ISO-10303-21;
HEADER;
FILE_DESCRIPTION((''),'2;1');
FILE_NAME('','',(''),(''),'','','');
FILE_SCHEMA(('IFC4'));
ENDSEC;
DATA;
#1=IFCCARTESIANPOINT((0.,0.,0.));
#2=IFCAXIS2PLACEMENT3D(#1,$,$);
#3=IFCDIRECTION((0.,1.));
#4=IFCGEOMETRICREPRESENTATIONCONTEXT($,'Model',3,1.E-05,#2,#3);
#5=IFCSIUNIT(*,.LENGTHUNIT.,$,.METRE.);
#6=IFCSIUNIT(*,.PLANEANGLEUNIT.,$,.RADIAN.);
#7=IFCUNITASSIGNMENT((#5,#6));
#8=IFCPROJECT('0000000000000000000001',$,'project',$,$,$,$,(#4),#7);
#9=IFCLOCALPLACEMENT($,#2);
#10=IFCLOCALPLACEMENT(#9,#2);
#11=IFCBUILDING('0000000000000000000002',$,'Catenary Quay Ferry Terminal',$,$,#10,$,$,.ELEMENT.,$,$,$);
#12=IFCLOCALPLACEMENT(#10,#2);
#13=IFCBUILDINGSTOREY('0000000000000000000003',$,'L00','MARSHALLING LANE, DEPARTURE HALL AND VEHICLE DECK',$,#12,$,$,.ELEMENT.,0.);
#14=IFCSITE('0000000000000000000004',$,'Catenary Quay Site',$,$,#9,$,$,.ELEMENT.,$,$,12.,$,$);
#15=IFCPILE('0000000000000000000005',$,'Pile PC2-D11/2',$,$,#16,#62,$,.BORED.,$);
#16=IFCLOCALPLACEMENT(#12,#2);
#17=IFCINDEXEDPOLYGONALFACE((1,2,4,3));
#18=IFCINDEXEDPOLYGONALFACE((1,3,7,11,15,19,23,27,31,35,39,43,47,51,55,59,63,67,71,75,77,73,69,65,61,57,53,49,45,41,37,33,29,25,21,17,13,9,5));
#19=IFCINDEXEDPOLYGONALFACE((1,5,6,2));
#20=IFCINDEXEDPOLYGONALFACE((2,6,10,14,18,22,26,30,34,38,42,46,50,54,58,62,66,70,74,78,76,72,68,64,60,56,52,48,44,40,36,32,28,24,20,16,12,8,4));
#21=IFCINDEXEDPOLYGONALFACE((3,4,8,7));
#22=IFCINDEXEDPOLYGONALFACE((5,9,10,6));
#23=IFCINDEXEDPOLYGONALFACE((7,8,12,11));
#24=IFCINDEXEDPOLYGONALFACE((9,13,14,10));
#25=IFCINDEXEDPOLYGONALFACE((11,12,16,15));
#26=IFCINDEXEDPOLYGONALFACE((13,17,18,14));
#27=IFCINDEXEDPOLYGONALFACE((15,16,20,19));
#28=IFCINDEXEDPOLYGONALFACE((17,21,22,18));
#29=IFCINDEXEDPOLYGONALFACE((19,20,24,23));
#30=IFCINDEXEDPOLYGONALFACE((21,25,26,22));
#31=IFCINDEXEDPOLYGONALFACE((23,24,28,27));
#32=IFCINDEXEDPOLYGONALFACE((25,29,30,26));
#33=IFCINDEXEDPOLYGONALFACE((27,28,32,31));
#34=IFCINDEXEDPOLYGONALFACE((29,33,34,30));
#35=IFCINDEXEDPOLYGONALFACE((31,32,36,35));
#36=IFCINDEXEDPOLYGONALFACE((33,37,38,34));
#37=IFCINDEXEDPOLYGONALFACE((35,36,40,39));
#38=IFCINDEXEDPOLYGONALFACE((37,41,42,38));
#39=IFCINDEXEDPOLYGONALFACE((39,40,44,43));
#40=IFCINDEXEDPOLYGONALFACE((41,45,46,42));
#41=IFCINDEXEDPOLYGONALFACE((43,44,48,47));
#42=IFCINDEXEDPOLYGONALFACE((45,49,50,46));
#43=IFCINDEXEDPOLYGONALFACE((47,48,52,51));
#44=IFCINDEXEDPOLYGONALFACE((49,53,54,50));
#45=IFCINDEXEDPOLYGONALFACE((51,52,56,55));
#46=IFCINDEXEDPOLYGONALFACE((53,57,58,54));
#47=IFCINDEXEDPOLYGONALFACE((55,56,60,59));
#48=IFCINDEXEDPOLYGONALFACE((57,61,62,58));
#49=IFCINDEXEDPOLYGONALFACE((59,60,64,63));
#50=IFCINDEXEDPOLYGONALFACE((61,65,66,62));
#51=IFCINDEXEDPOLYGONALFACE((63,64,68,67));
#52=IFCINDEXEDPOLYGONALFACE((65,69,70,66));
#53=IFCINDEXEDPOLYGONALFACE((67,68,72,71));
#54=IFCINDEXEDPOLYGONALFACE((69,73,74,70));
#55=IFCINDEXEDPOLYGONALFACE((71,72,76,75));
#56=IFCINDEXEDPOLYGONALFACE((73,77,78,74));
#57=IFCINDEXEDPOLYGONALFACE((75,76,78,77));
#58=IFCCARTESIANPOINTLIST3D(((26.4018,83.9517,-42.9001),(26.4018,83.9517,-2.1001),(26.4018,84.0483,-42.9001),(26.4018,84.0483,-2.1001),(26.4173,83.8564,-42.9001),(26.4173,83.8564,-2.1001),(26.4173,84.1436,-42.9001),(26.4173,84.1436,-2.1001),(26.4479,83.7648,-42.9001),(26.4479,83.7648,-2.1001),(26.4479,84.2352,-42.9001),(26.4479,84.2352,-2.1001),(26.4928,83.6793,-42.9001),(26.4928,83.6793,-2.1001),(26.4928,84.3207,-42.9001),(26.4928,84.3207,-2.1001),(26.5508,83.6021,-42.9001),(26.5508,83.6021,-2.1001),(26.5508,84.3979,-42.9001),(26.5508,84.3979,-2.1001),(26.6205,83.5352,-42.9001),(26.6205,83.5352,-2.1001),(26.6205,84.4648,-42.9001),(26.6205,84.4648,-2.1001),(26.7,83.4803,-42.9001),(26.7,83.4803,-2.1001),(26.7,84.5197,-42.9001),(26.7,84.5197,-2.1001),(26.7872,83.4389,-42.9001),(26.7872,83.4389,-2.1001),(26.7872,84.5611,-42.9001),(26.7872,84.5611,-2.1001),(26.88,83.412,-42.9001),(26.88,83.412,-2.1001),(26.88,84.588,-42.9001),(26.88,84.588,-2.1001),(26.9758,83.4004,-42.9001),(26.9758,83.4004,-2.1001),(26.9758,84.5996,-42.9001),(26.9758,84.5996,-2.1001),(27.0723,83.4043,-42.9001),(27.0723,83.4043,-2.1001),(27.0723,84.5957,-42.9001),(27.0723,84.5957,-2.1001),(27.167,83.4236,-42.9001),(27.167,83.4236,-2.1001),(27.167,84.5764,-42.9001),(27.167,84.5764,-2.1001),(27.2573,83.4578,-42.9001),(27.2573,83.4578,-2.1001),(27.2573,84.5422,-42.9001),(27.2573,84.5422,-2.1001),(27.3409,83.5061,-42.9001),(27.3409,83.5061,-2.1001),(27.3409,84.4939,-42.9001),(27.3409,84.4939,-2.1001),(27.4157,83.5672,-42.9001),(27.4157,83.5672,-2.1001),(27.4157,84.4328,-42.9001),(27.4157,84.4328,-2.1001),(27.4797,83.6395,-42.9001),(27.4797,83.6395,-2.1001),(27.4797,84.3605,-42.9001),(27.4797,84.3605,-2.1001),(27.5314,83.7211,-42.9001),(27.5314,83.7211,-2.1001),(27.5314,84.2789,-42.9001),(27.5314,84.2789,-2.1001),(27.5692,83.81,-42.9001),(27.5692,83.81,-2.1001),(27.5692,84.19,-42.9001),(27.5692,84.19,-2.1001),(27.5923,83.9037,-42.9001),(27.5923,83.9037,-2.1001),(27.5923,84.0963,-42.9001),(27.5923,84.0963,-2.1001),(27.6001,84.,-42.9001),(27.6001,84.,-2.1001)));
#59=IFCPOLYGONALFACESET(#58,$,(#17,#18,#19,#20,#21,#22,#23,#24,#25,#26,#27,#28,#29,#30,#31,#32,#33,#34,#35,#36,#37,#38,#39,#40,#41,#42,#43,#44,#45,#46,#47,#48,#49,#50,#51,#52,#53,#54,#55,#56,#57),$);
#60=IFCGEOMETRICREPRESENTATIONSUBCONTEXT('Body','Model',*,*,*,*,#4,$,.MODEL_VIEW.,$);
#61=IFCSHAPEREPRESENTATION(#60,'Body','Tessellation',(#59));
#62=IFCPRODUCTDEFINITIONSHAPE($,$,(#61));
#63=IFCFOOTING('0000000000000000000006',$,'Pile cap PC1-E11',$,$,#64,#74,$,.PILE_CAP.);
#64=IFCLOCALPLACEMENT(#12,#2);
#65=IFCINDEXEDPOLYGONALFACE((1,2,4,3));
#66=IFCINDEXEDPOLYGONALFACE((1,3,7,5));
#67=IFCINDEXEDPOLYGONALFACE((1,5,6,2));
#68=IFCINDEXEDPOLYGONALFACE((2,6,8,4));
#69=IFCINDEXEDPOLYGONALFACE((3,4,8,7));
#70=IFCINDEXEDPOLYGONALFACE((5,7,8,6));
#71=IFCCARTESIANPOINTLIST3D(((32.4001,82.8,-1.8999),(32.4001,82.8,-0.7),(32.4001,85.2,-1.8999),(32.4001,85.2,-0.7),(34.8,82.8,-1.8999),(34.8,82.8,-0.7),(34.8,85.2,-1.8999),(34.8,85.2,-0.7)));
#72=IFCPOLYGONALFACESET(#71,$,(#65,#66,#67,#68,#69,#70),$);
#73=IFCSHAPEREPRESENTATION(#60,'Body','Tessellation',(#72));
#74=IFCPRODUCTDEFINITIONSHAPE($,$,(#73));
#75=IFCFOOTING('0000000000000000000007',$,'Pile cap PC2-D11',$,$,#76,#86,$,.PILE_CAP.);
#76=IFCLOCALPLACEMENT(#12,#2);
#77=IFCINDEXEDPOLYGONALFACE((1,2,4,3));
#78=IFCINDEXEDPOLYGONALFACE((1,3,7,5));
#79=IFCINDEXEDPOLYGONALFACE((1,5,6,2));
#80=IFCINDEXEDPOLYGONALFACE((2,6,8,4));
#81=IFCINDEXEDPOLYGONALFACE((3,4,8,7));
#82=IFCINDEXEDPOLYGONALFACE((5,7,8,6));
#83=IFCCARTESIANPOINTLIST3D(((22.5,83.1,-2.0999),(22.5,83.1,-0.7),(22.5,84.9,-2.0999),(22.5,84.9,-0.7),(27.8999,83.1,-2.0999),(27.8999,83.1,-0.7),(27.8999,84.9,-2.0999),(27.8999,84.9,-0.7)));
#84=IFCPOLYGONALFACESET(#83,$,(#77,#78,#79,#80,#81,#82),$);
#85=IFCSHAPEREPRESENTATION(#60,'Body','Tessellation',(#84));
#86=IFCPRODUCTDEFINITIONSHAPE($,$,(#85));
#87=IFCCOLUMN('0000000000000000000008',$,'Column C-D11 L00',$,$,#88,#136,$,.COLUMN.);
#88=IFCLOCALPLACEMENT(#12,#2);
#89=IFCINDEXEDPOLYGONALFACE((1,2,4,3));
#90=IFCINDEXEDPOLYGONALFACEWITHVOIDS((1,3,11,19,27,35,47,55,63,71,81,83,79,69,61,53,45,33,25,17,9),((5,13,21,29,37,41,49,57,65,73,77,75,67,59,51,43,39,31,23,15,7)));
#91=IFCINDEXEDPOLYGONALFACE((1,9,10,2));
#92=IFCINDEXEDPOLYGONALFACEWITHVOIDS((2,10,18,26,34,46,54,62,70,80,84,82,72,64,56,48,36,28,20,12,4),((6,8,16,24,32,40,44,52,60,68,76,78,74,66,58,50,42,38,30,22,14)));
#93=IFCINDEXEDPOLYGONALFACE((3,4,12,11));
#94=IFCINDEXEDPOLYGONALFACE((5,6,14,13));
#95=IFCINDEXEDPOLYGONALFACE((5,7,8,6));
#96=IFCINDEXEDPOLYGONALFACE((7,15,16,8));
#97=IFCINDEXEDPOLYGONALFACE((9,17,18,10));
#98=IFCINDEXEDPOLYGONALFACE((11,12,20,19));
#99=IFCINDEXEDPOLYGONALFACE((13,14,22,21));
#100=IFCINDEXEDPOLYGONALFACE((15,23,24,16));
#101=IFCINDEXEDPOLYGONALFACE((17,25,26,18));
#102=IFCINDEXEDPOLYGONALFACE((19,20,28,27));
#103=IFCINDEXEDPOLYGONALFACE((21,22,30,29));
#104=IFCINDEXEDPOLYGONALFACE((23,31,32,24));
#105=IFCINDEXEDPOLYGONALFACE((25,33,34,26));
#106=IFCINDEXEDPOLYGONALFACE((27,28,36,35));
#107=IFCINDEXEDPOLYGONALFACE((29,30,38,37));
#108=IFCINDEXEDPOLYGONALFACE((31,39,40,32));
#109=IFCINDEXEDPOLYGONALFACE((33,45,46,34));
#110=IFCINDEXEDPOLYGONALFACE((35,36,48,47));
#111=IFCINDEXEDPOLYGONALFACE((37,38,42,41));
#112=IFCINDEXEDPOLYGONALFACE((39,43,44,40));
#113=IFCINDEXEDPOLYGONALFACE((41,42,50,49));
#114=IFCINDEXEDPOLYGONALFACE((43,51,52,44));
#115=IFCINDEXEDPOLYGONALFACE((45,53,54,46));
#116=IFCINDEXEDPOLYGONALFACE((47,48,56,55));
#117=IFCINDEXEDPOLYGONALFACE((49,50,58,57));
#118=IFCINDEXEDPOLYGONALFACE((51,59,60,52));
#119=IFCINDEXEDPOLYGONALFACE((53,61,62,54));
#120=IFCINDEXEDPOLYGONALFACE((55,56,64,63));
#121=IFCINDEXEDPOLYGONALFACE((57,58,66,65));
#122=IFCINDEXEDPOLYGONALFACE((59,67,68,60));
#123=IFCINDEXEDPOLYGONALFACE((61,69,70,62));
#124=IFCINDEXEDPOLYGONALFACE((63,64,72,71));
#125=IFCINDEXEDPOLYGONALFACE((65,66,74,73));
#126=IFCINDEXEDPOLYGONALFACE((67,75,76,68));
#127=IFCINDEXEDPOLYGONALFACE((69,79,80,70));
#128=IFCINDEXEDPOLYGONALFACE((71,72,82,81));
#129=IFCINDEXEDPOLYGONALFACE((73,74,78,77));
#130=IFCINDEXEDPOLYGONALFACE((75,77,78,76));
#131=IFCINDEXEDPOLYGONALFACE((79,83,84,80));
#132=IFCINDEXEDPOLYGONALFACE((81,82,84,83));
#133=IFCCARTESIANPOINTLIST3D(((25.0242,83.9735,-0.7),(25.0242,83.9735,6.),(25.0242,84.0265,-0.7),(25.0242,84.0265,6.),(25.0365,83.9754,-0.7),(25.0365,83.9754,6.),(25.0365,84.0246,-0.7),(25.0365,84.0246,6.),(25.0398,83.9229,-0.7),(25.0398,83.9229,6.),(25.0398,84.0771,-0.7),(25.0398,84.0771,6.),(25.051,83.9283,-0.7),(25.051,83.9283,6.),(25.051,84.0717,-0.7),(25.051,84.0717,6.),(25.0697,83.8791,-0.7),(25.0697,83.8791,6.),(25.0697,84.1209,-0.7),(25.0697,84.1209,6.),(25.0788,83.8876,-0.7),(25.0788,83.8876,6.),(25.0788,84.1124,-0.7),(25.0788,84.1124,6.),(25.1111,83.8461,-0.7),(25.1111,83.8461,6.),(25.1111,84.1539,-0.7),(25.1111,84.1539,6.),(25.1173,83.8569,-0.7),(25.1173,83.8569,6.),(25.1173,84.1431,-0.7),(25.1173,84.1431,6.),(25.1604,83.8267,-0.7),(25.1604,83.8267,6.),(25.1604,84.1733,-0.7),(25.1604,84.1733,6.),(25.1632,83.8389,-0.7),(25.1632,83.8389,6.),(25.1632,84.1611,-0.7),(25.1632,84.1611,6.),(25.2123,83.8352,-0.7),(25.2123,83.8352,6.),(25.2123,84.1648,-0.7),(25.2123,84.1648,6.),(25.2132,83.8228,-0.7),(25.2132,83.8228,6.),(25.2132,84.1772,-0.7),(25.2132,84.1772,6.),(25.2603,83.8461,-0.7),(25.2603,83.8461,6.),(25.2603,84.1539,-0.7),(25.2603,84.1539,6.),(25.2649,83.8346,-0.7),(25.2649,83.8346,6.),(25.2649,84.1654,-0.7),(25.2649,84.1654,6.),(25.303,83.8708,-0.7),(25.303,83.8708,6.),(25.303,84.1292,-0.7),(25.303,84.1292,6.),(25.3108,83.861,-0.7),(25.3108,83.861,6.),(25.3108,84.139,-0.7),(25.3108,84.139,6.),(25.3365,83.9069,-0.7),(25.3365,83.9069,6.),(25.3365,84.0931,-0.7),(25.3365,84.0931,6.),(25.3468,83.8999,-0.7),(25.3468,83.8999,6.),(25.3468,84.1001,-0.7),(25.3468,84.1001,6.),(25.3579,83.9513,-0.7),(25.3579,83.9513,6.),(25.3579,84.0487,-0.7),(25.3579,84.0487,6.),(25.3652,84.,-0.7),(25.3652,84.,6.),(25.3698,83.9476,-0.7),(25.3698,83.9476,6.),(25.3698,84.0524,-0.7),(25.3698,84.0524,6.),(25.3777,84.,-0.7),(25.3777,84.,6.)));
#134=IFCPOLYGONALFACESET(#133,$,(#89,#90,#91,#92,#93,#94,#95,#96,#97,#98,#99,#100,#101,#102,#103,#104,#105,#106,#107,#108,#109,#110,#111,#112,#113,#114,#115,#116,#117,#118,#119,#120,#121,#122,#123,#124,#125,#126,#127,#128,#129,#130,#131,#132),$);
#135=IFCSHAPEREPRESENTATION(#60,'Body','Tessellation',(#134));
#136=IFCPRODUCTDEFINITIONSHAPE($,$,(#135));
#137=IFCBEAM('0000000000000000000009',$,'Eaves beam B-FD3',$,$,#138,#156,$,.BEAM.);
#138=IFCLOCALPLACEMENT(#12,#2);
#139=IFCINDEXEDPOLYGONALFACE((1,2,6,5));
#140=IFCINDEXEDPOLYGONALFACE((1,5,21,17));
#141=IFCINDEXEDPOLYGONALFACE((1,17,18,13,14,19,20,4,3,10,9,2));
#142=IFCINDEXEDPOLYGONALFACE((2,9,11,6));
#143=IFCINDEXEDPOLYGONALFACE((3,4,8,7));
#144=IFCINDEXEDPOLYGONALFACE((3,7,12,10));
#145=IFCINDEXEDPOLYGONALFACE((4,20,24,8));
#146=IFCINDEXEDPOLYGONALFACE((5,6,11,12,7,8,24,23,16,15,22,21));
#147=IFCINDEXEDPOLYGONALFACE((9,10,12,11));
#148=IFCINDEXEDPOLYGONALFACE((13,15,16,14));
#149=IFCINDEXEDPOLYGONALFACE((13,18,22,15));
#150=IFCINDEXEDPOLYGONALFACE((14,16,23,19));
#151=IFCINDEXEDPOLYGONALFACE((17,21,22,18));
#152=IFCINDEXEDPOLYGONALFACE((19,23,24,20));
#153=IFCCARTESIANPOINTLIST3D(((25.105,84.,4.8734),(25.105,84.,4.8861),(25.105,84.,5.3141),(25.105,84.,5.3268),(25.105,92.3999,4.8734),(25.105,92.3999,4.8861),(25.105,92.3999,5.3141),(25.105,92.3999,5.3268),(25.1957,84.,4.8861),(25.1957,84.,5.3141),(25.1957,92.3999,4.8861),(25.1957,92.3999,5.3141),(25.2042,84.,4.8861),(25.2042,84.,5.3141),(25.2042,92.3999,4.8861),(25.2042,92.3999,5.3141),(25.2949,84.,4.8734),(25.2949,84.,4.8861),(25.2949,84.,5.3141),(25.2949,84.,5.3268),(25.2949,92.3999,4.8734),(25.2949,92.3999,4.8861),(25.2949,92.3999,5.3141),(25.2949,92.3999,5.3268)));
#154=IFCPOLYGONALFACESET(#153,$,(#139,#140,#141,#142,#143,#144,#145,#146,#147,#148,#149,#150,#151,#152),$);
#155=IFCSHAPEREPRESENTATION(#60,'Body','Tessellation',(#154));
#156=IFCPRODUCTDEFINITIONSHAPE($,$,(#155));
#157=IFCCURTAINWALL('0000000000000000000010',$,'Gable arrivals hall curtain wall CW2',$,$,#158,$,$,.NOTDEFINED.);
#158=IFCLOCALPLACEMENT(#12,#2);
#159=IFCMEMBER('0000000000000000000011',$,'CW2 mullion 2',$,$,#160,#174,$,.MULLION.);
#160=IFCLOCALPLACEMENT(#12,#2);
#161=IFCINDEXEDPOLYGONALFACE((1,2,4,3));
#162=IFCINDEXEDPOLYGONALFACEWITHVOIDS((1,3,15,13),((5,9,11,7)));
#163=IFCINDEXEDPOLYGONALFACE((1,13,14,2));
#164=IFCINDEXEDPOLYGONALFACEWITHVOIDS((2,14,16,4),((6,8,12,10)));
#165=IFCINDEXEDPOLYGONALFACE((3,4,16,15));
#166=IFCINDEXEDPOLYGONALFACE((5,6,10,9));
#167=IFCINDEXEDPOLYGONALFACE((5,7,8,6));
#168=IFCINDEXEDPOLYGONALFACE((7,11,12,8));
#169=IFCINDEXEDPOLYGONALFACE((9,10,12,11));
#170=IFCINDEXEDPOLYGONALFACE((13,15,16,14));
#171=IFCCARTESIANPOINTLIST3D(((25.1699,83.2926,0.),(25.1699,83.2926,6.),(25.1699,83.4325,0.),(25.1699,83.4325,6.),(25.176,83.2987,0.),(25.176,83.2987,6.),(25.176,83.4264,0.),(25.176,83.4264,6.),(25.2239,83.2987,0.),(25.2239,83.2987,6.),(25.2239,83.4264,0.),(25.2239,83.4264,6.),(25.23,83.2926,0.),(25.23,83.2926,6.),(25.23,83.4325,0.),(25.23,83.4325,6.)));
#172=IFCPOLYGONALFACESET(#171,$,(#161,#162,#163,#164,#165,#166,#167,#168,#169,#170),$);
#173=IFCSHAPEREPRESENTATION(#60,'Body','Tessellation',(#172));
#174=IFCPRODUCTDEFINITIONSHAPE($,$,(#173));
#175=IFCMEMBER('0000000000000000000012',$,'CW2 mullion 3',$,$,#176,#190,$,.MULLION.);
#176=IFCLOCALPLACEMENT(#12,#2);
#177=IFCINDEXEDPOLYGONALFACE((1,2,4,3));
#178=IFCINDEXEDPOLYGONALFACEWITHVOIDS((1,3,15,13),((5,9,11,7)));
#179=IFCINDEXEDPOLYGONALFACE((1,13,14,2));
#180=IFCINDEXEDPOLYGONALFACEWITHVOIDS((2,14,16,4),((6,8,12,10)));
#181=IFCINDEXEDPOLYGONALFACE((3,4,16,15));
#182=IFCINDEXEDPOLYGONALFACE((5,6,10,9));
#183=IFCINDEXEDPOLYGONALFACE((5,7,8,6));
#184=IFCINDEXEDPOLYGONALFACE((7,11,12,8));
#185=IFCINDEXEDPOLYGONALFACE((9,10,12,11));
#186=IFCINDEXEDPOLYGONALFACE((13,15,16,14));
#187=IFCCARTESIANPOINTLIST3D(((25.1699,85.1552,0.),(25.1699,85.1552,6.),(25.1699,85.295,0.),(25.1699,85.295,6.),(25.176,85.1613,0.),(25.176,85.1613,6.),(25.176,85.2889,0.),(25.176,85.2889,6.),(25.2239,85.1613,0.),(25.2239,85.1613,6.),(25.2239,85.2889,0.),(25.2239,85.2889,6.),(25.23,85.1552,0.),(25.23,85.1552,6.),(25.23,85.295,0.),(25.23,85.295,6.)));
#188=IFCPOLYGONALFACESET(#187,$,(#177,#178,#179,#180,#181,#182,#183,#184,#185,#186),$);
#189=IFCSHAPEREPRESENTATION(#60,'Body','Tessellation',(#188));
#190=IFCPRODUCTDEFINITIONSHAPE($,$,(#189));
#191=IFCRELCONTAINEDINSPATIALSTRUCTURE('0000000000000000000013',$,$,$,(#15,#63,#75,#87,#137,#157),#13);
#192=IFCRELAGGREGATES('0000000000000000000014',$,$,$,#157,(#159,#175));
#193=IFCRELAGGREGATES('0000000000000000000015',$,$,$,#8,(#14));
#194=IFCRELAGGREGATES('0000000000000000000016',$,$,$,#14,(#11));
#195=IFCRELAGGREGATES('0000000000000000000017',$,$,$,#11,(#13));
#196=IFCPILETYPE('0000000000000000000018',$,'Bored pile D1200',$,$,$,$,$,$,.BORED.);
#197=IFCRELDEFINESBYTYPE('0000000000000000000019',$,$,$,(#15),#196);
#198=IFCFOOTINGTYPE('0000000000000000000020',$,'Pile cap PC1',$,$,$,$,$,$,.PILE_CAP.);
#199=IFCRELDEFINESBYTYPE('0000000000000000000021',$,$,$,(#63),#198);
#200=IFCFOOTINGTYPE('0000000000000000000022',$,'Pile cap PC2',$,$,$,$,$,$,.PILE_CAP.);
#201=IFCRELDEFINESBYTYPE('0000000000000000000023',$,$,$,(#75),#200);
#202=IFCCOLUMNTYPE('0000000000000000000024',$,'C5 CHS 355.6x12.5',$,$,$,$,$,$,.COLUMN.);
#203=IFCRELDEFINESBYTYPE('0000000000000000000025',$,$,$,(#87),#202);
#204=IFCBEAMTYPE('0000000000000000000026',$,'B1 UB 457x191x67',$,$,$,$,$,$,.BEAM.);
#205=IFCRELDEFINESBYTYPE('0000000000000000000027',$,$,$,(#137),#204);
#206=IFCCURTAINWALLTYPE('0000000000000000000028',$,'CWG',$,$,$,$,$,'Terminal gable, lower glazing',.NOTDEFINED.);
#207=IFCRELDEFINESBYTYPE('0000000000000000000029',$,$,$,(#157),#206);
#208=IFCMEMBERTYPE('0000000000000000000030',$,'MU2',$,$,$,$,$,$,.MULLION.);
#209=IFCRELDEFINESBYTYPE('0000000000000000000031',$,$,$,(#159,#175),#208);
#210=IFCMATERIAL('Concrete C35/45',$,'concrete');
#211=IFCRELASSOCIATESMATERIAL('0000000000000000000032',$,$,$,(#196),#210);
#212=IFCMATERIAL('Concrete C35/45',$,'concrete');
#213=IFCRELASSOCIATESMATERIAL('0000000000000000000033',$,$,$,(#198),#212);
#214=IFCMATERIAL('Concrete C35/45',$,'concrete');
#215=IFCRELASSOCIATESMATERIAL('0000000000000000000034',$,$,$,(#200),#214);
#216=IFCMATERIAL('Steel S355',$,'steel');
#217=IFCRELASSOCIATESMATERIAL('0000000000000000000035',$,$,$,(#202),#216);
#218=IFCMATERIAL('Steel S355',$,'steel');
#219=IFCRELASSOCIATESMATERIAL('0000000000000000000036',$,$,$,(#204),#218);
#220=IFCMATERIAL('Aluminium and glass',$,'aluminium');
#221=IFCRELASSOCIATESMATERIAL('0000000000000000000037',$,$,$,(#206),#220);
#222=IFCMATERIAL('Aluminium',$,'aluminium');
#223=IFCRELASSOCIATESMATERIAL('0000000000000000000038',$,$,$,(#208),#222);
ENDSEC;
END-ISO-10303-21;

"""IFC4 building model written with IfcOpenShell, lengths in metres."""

from ifc_helpers import new_model, si_unit, direction, frame, origin, origin_2d, place, context, subcontext, project, spatial, rectangle, hollow_rectangle, circle, hollow_circle, i_section, extrude, material, material_profile, profile_set, type_object, element, aggregate, save


model = new_model("IFC4")

# Units and contexts
model_context = context("Model", 3, precision=1e-05, world=origin(), true_north=direction((0.0, 1.0)))
body_context = subcontext(model_context, "Body", "Model", "MODEL_VIEW")
ifc_project = project(units=[si_unit("LENGTHUNIT", "METRE"), si_unit("PLANEANGLEUNIT", "RADIAN")], contexts=[model_context])

# Site, building, storey
site_placement = place(None, origin())
site = spatial("IfcSite", under=ifc_project, at=site_placement, Name="Catenary Quay Site", CompositionType="ELEMENT", RefElevation=12.0)
building_placement = place(site_placement, origin())
building = spatial("IfcBuilding", under=site, at=building_placement, Name="Catenary Quay Ferry Terminal", CompositionType="ELEMENT")
storey_placement = place(building_placement, origin())
storey = spatial("IfcBuildingStorey", under=building, at=storey_placement, Name="L00", Description="MARSHALLING LANE, DEPARTURE HALL AND VEHICLE DECK", CompositionType="ELEMENT", Elevation=0.0)

# Pile
ifc_material_1 = material(Name="Concrete C35/45", Category="concrete")
ifc_material_profile_1 = material_profile(ifc_material_1, circle(Radius=0.6001, at=origin_2d()), Name="D1200")
ifc_profile_set_1 = profile_set([ifc_material_profile_1], Name="Concrete C35/45")
pile_type = type_object("IfcPileType", Name="Bored pile D1200", PredefinedType="BORED", material=ifc_profile_set_1)
pile_placement = place(storey_placement, frame((27.0, 84.0, -2.1001), z_axis=(0.0, 0.0, -1.0), x_axis=(1.0, 0.0, 0.0)))
element("IfcPile", 1, at=pile_placement, inside=storey, type_object=pile_type, Name="Pile PC2-D11/2", PredefinedType="BORED", context=body_context, shape_type="SweptSolid", body=[
    extrude(circle(Radius=0.6001, at=origin_2d()), origin(), (0.0, 0.0, 1.0), 40.8),
])

# Footings
ifc_material_2 = material(Name="Concrete C35/45", Category="concrete")
footing_type_1 = type_object("IfcFootingType", Name="Pile cap PC1", PredefinedType="PILE_CAP", material=ifc_material_2)
footing_1_placement = place(storey_placement, frame((33.6001, 84.0, -1.8999), z_axis=(0.0, 0.0, 1.0), x_axis=(1.0, 0.0, 0.0)))
element("IfcFooting", 2, at=footing_1_placement, inside=storey, type_object=footing_type_1, Name="Pile cap PC1-E11", PredefinedType="PILE_CAP", context=body_context, shape_type="SweptSolid", body=[
    extrude(rectangle(XDim=2.3999, YDim=2.3999, at=origin_2d()), origin(), (0.0, 0.0, 1.0), 1.2),
])
ifc_material_3 = material(Name="Concrete C35/45", Category="concrete")
footing_type_2 = type_object("IfcFootingType", Name="Pile cap PC2", PredefinedType="PILE_CAP", material=ifc_material_3)
footing_2_placement = place(storey_placement, frame((25.2, 84.0, -2.0999), z_axis=(0.0, 0.0, 1.0), x_axis=(1.0, 0.0, 0.0)))
element("IfcFooting", 3, at=footing_2_placement, inside=storey, type_object=footing_type_2, Name="Pile cap PC2-D11", PredefinedType="PILE_CAP", context=body_context, shape_type="SweptSolid", body=[
    extrude(rectangle(XDim=5.3999, YDim=1.8, at=origin_2d()), origin(), (0.0, 0.0, 1.0), 1.3999),
])

# Column
ifc_material_4 = material(Name="Steel S355", Category="steel")
ifc_material_profile_2 = material_profile(ifc_material_4, hollow_circle(Radius=0.1777, WallThickness=0.0125, at=origin_2d()), Name="CHS 355.6x12.5")
ifc_profile_set_2 = profile_set([ifc_material_profile_2], Name="Steel S355")
column_type = type_object("IfcColumnType", Name="C5 CHS 355.6x12.5", PredefinedType="COLUMN", material=ifc_profile_set_2)
column_placement = place(storey_placement, frame((25.2, 84.0, -0.7), z_axis=(0.0, 0.0, 1.0), x_axis=(1.0, 0.0, 0.0)))
element("IfcColumn", 4, at=column_placement, inside=storey, type_object=column_type, Name="Column C-D11 L00", PredefinedType="COLUMN", context=body_context, shape_type="SweptSolid", body=[
    extrude(hollow_circle(Radius=0.1777, WallThickness=0.0125, at=origin_2d()), origin(), (0.0, 0.0, 1.0), 6.7),
])

# Beam
ifc_material_5 = material(Name="Steel S355", Category="steel")
ifc_material_profile_3 = material_profile(ifc_material_5, i_section(OverallWidth=0.1899, OverallDepth=0.4534, WebThickness=0.0085, FlangeThickness=0.0127, at=origin_2d()), Name="UB 457x191x67")
ifc_profile_set_3 = profile_set([ifc_material_profile_3], Name="Steel S355")
beam_type = type_object("IfcBeamType", Name="B1 UB 457x191x67", PredefinedType="BEAM", material=ifc_profile_set_3)
beam_placement = place(storey_placement, frame((25.2, 84.0, 5.1001), z_axis=(0.0, 1.0, 0.0), x_axis=(-1.0, 0.0, 0.0)))
element("IfcBeam", 5, at=beam_placement, inside=storey, type_object=beam_type, Name="Eaves beam B-FD3", PredefinedType="BEAM", context=body_context, shape_type="SweptSolid", body=[
    extrude(i_section(OverallWidth=0.1899, OverallDepth=0.4534, WebThickness=0.0085, FlangeThickness=0.0127, at=origin_2d()), origin(), (0.0, 0.0, 1.0), 8.3999),
])

# Curtain wall, members
ifc_material_6 = material(Name="Aluminium and glass", Category="aluminium")
curtain_wall_type = type_object("IfcCurtainWallType", Name="CWG", ElementType="Terminal gable, lower glazing", PredefinedType="NOTDEFINED", material=ifc_material_6)
curtain_wall_1_placement = place(storey_placement, origin())
curtain_wall_1 = element("IfcCurtainWall", 6, at=curtain_wall_1_placement, inside=storey, type_object=curtain_wall_type, Name="Gable arrivals hall curtain wall CW2", PredefinedType="NOTDEFINED")
ifc_material_7 = material(Name="Aluminium", Category="aluminium")
ifc_material_profile_4 = material_profile(ifc_material_7, hollow_rectangle(XDim=0.0601, YDim=0.1399, WallThickness=0.0061, at=origin_2d()), Name="MU2")
ifc_profile_set_4 = profile_set([ifc_material_profile_4], Name="Aluminium")
member_type_1 = type_object("IfcMemberType", Name="MU2", PredefinedType="MULLION", material=ifc_profile_set_4)
member_1_placement = place(storey_placement, frame((25.2, 83.3625, 0.0), z_axis=(0.0, 0.0, 1.0), x_axis=(-1.0, 0.0, 0.0)))
member_1 = element("IfcMember", 7, at=member_1_placement, type_object=member_type_1, Name="CW2 mullion 2", PredefinedType="MULLION", context=body_context, shape_type="SweptSolid", body=[
    extrude(hollow_rectangle(XDim=0.0601, YDim=0.1399, WallThickness=0.0061, at=origin_2d()), origin(), (0.0, 0.0, 1.0), 6.0),
])
member_2_placement = place(storey_placement, frame((25.2, 85.2251, 0.0), z_axis=(0.0, 0.0, 1.0), x_axis=(-1.0, 0.0, 0.0)))
member_2 = element("IfcMember", 8, at=member_2_placement, type_object=member_type_1, Name="CW2 mullion 3", PredefinedType="MULLION", context=body_context, shape_type="SweptSolid", body=[
    extrude(hollow_rectangle(XDim=0.0601, YDim=0.1399, WallThickness=0.0061, at=origin_2d()), origin(), (0.0, 0.0, 1.0), 6.0),
])

aggregate(curtain_wall_1, [member_1, member_2])

save(model, "model.ifc")
